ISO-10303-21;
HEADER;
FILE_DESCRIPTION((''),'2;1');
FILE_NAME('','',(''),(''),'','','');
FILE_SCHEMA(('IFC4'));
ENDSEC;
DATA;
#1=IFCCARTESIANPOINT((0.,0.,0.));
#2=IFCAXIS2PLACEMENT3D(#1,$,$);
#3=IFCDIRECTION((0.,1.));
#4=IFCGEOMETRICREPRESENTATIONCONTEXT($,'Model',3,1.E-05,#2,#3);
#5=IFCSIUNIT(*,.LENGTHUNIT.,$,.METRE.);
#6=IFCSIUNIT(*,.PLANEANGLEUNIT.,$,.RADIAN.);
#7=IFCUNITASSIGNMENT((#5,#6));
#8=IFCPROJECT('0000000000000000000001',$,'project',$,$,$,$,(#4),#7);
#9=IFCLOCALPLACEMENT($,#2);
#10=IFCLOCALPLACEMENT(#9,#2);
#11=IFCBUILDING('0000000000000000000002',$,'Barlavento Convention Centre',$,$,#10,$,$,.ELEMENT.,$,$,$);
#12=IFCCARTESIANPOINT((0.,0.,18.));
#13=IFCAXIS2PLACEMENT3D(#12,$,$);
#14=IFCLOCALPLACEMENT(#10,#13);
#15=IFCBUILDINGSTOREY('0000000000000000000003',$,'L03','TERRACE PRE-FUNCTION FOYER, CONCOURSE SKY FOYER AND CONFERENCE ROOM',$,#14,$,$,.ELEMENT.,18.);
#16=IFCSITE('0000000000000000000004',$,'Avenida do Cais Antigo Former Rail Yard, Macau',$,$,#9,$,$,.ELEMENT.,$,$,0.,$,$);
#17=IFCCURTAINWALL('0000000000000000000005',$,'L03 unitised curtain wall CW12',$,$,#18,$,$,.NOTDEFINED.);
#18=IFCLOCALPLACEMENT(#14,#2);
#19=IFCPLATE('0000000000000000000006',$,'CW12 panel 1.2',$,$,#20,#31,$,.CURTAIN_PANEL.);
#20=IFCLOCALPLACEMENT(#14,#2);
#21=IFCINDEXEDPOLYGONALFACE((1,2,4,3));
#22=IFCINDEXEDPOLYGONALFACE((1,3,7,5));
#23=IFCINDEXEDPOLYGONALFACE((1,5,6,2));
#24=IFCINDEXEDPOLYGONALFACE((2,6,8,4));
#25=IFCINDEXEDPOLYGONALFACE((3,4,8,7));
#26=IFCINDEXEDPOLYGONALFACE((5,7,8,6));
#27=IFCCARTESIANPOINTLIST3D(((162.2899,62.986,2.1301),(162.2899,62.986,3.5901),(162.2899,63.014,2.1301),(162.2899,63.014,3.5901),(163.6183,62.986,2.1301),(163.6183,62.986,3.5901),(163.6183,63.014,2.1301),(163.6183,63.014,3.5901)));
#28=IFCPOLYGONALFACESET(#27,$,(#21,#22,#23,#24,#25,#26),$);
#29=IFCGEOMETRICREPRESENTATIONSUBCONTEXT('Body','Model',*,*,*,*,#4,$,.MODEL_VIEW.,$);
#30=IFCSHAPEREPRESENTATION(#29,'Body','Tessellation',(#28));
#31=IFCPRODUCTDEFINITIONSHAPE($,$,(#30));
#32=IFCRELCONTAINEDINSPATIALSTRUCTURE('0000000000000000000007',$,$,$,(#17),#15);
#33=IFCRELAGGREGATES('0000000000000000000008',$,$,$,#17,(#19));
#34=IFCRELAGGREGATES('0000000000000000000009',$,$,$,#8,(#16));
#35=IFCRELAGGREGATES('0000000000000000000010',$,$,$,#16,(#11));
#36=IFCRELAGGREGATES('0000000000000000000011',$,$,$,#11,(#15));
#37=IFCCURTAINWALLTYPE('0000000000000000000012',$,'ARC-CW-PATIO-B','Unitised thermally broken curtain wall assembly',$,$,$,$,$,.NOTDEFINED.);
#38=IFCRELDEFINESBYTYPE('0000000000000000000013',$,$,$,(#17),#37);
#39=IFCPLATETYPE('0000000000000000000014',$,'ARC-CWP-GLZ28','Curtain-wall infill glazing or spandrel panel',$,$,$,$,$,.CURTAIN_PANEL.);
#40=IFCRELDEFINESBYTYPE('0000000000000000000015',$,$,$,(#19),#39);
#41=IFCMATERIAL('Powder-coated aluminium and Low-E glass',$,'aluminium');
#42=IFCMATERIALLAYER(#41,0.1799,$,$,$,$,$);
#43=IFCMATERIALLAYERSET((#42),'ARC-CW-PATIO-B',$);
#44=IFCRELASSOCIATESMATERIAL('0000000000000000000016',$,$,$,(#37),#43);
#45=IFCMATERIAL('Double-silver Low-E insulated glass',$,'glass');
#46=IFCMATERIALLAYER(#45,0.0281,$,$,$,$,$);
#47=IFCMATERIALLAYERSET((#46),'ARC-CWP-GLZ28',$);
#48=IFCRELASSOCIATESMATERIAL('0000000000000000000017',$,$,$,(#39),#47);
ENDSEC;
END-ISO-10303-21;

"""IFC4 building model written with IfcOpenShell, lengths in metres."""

from ifc_helpers import new_model, si_unit, direction, frame, origin, origin_2d, place, context, subcontext, project, spatial, rectangle, extrude, material, layer, layer_set, type_object, element, aggregate, save


model = new_model("IFC4")

# Units and contexts
model_context = context("Model", 3, precision=1e-05, world=origin(), true_north=direction((0.0, 1.0)))
body_context = subcontext(model_context, "Body", "Model", "MODEL_VIEW")
ifc_project = project(units=[si_unit("LENGTHUNIT", "METRE"), si_unit("PLANEANGLEUNIT", "RADIAN")], contexts=[model_context])

# Site, building, storey
site_placement = place(None, origin())
site = spatial("IfcSite", under=ifc_project, at=site_placement, Name="Avenida do Cais Antigo Former Rail Yard, Macau", CompositionType="ELEMENT", RefElevation=0.0)
building_placement = place(site_placement, origin())
building = spatial("IfcBuilding", under=site, at=building_placement, Name="Barlavento Convention Centre", CompositionType="ELEMENT")
storey_placement = place(building_placement, frame((0.0, 0.0, 18.0)))
storey = spatial("IfcBuildingStorey", under=building, at=storey_placement, Name="L03", Description="TERRACE PRE-FUNCTION FOYER, CONCOURSE SKY FOYER AND CONFERENCE ROOM", CompositionType="ELEMENT", Elevation=18.0)

# Shared definitions
ifc_material_1 = material(Name="Powder-coated aluminium and Low-E glass", Category="aluminium")
ifc_layer_1 = layer(ifc_material_1, 0.1799)
ifc_layer_set_1 = layer_set([ifc_layer_1], Name="ARC-CW-PATIO-B")
curtain_wall_type = type_object("IfcCurtainWallType", Name="ARC-CW-PATIO-B", Description="Unitised thermally broken curtain wall assembly", PredefinedType="NOTDEFINED", material=ifc_layer_set_1)

# Curtain wall
curtain_wall_1_placement = place(storey_placement, origin())
curtain_wall_1 = element("IfcCurtainWall", 1, at=curtain_wall_1_placement, inside=storey, type_object=curtain_wall_type, Name="L03 unitised curtain wall CW12", PredefinedType="NOTDEFINED")

# Plate
ifc_material_2 = material(Name="Double-silver Low-E insulated glass", Category="glass")
ifc_layer_2 = layer(ifc_material_2, 0.0281)
ifc_layer_set_2 = layer_set([ifc_layer_2], Name="ARC-CWP-GLZ28")
plate_type = type_object("IfcPlateType", Name="ARC-CWP-GLZ28", Description="Curtain-wall infill glazing or spandrel panel", PredefinedType="CURTAIN_PANEL", material=ifc_layer_set_2)
plate_1_placement = place(storey_placement, frame((162.9541, 63.0, 2.1301), z_axis=(0.0, 0.0, 1.0), x_axis=(1.0, 0.0, 0.0)))
plate_1 = element("IfcPlate", 2, at=plate_1_placement, type_object=plate_type, Name="CW12 panel 1.2", PredefinedType="CURTAIN_PANEL", context=body_context, shape_type="SweptSolid", body=[
    extrude(rectangle(XDim=1.3284, YDim=0.0281, at=origin_2d()), origin(), (0.0, 0.0, 1.0), 1.46),
])
aggregate(curtain_wall_1, [plate_1])

save(model, "model.ifc")
